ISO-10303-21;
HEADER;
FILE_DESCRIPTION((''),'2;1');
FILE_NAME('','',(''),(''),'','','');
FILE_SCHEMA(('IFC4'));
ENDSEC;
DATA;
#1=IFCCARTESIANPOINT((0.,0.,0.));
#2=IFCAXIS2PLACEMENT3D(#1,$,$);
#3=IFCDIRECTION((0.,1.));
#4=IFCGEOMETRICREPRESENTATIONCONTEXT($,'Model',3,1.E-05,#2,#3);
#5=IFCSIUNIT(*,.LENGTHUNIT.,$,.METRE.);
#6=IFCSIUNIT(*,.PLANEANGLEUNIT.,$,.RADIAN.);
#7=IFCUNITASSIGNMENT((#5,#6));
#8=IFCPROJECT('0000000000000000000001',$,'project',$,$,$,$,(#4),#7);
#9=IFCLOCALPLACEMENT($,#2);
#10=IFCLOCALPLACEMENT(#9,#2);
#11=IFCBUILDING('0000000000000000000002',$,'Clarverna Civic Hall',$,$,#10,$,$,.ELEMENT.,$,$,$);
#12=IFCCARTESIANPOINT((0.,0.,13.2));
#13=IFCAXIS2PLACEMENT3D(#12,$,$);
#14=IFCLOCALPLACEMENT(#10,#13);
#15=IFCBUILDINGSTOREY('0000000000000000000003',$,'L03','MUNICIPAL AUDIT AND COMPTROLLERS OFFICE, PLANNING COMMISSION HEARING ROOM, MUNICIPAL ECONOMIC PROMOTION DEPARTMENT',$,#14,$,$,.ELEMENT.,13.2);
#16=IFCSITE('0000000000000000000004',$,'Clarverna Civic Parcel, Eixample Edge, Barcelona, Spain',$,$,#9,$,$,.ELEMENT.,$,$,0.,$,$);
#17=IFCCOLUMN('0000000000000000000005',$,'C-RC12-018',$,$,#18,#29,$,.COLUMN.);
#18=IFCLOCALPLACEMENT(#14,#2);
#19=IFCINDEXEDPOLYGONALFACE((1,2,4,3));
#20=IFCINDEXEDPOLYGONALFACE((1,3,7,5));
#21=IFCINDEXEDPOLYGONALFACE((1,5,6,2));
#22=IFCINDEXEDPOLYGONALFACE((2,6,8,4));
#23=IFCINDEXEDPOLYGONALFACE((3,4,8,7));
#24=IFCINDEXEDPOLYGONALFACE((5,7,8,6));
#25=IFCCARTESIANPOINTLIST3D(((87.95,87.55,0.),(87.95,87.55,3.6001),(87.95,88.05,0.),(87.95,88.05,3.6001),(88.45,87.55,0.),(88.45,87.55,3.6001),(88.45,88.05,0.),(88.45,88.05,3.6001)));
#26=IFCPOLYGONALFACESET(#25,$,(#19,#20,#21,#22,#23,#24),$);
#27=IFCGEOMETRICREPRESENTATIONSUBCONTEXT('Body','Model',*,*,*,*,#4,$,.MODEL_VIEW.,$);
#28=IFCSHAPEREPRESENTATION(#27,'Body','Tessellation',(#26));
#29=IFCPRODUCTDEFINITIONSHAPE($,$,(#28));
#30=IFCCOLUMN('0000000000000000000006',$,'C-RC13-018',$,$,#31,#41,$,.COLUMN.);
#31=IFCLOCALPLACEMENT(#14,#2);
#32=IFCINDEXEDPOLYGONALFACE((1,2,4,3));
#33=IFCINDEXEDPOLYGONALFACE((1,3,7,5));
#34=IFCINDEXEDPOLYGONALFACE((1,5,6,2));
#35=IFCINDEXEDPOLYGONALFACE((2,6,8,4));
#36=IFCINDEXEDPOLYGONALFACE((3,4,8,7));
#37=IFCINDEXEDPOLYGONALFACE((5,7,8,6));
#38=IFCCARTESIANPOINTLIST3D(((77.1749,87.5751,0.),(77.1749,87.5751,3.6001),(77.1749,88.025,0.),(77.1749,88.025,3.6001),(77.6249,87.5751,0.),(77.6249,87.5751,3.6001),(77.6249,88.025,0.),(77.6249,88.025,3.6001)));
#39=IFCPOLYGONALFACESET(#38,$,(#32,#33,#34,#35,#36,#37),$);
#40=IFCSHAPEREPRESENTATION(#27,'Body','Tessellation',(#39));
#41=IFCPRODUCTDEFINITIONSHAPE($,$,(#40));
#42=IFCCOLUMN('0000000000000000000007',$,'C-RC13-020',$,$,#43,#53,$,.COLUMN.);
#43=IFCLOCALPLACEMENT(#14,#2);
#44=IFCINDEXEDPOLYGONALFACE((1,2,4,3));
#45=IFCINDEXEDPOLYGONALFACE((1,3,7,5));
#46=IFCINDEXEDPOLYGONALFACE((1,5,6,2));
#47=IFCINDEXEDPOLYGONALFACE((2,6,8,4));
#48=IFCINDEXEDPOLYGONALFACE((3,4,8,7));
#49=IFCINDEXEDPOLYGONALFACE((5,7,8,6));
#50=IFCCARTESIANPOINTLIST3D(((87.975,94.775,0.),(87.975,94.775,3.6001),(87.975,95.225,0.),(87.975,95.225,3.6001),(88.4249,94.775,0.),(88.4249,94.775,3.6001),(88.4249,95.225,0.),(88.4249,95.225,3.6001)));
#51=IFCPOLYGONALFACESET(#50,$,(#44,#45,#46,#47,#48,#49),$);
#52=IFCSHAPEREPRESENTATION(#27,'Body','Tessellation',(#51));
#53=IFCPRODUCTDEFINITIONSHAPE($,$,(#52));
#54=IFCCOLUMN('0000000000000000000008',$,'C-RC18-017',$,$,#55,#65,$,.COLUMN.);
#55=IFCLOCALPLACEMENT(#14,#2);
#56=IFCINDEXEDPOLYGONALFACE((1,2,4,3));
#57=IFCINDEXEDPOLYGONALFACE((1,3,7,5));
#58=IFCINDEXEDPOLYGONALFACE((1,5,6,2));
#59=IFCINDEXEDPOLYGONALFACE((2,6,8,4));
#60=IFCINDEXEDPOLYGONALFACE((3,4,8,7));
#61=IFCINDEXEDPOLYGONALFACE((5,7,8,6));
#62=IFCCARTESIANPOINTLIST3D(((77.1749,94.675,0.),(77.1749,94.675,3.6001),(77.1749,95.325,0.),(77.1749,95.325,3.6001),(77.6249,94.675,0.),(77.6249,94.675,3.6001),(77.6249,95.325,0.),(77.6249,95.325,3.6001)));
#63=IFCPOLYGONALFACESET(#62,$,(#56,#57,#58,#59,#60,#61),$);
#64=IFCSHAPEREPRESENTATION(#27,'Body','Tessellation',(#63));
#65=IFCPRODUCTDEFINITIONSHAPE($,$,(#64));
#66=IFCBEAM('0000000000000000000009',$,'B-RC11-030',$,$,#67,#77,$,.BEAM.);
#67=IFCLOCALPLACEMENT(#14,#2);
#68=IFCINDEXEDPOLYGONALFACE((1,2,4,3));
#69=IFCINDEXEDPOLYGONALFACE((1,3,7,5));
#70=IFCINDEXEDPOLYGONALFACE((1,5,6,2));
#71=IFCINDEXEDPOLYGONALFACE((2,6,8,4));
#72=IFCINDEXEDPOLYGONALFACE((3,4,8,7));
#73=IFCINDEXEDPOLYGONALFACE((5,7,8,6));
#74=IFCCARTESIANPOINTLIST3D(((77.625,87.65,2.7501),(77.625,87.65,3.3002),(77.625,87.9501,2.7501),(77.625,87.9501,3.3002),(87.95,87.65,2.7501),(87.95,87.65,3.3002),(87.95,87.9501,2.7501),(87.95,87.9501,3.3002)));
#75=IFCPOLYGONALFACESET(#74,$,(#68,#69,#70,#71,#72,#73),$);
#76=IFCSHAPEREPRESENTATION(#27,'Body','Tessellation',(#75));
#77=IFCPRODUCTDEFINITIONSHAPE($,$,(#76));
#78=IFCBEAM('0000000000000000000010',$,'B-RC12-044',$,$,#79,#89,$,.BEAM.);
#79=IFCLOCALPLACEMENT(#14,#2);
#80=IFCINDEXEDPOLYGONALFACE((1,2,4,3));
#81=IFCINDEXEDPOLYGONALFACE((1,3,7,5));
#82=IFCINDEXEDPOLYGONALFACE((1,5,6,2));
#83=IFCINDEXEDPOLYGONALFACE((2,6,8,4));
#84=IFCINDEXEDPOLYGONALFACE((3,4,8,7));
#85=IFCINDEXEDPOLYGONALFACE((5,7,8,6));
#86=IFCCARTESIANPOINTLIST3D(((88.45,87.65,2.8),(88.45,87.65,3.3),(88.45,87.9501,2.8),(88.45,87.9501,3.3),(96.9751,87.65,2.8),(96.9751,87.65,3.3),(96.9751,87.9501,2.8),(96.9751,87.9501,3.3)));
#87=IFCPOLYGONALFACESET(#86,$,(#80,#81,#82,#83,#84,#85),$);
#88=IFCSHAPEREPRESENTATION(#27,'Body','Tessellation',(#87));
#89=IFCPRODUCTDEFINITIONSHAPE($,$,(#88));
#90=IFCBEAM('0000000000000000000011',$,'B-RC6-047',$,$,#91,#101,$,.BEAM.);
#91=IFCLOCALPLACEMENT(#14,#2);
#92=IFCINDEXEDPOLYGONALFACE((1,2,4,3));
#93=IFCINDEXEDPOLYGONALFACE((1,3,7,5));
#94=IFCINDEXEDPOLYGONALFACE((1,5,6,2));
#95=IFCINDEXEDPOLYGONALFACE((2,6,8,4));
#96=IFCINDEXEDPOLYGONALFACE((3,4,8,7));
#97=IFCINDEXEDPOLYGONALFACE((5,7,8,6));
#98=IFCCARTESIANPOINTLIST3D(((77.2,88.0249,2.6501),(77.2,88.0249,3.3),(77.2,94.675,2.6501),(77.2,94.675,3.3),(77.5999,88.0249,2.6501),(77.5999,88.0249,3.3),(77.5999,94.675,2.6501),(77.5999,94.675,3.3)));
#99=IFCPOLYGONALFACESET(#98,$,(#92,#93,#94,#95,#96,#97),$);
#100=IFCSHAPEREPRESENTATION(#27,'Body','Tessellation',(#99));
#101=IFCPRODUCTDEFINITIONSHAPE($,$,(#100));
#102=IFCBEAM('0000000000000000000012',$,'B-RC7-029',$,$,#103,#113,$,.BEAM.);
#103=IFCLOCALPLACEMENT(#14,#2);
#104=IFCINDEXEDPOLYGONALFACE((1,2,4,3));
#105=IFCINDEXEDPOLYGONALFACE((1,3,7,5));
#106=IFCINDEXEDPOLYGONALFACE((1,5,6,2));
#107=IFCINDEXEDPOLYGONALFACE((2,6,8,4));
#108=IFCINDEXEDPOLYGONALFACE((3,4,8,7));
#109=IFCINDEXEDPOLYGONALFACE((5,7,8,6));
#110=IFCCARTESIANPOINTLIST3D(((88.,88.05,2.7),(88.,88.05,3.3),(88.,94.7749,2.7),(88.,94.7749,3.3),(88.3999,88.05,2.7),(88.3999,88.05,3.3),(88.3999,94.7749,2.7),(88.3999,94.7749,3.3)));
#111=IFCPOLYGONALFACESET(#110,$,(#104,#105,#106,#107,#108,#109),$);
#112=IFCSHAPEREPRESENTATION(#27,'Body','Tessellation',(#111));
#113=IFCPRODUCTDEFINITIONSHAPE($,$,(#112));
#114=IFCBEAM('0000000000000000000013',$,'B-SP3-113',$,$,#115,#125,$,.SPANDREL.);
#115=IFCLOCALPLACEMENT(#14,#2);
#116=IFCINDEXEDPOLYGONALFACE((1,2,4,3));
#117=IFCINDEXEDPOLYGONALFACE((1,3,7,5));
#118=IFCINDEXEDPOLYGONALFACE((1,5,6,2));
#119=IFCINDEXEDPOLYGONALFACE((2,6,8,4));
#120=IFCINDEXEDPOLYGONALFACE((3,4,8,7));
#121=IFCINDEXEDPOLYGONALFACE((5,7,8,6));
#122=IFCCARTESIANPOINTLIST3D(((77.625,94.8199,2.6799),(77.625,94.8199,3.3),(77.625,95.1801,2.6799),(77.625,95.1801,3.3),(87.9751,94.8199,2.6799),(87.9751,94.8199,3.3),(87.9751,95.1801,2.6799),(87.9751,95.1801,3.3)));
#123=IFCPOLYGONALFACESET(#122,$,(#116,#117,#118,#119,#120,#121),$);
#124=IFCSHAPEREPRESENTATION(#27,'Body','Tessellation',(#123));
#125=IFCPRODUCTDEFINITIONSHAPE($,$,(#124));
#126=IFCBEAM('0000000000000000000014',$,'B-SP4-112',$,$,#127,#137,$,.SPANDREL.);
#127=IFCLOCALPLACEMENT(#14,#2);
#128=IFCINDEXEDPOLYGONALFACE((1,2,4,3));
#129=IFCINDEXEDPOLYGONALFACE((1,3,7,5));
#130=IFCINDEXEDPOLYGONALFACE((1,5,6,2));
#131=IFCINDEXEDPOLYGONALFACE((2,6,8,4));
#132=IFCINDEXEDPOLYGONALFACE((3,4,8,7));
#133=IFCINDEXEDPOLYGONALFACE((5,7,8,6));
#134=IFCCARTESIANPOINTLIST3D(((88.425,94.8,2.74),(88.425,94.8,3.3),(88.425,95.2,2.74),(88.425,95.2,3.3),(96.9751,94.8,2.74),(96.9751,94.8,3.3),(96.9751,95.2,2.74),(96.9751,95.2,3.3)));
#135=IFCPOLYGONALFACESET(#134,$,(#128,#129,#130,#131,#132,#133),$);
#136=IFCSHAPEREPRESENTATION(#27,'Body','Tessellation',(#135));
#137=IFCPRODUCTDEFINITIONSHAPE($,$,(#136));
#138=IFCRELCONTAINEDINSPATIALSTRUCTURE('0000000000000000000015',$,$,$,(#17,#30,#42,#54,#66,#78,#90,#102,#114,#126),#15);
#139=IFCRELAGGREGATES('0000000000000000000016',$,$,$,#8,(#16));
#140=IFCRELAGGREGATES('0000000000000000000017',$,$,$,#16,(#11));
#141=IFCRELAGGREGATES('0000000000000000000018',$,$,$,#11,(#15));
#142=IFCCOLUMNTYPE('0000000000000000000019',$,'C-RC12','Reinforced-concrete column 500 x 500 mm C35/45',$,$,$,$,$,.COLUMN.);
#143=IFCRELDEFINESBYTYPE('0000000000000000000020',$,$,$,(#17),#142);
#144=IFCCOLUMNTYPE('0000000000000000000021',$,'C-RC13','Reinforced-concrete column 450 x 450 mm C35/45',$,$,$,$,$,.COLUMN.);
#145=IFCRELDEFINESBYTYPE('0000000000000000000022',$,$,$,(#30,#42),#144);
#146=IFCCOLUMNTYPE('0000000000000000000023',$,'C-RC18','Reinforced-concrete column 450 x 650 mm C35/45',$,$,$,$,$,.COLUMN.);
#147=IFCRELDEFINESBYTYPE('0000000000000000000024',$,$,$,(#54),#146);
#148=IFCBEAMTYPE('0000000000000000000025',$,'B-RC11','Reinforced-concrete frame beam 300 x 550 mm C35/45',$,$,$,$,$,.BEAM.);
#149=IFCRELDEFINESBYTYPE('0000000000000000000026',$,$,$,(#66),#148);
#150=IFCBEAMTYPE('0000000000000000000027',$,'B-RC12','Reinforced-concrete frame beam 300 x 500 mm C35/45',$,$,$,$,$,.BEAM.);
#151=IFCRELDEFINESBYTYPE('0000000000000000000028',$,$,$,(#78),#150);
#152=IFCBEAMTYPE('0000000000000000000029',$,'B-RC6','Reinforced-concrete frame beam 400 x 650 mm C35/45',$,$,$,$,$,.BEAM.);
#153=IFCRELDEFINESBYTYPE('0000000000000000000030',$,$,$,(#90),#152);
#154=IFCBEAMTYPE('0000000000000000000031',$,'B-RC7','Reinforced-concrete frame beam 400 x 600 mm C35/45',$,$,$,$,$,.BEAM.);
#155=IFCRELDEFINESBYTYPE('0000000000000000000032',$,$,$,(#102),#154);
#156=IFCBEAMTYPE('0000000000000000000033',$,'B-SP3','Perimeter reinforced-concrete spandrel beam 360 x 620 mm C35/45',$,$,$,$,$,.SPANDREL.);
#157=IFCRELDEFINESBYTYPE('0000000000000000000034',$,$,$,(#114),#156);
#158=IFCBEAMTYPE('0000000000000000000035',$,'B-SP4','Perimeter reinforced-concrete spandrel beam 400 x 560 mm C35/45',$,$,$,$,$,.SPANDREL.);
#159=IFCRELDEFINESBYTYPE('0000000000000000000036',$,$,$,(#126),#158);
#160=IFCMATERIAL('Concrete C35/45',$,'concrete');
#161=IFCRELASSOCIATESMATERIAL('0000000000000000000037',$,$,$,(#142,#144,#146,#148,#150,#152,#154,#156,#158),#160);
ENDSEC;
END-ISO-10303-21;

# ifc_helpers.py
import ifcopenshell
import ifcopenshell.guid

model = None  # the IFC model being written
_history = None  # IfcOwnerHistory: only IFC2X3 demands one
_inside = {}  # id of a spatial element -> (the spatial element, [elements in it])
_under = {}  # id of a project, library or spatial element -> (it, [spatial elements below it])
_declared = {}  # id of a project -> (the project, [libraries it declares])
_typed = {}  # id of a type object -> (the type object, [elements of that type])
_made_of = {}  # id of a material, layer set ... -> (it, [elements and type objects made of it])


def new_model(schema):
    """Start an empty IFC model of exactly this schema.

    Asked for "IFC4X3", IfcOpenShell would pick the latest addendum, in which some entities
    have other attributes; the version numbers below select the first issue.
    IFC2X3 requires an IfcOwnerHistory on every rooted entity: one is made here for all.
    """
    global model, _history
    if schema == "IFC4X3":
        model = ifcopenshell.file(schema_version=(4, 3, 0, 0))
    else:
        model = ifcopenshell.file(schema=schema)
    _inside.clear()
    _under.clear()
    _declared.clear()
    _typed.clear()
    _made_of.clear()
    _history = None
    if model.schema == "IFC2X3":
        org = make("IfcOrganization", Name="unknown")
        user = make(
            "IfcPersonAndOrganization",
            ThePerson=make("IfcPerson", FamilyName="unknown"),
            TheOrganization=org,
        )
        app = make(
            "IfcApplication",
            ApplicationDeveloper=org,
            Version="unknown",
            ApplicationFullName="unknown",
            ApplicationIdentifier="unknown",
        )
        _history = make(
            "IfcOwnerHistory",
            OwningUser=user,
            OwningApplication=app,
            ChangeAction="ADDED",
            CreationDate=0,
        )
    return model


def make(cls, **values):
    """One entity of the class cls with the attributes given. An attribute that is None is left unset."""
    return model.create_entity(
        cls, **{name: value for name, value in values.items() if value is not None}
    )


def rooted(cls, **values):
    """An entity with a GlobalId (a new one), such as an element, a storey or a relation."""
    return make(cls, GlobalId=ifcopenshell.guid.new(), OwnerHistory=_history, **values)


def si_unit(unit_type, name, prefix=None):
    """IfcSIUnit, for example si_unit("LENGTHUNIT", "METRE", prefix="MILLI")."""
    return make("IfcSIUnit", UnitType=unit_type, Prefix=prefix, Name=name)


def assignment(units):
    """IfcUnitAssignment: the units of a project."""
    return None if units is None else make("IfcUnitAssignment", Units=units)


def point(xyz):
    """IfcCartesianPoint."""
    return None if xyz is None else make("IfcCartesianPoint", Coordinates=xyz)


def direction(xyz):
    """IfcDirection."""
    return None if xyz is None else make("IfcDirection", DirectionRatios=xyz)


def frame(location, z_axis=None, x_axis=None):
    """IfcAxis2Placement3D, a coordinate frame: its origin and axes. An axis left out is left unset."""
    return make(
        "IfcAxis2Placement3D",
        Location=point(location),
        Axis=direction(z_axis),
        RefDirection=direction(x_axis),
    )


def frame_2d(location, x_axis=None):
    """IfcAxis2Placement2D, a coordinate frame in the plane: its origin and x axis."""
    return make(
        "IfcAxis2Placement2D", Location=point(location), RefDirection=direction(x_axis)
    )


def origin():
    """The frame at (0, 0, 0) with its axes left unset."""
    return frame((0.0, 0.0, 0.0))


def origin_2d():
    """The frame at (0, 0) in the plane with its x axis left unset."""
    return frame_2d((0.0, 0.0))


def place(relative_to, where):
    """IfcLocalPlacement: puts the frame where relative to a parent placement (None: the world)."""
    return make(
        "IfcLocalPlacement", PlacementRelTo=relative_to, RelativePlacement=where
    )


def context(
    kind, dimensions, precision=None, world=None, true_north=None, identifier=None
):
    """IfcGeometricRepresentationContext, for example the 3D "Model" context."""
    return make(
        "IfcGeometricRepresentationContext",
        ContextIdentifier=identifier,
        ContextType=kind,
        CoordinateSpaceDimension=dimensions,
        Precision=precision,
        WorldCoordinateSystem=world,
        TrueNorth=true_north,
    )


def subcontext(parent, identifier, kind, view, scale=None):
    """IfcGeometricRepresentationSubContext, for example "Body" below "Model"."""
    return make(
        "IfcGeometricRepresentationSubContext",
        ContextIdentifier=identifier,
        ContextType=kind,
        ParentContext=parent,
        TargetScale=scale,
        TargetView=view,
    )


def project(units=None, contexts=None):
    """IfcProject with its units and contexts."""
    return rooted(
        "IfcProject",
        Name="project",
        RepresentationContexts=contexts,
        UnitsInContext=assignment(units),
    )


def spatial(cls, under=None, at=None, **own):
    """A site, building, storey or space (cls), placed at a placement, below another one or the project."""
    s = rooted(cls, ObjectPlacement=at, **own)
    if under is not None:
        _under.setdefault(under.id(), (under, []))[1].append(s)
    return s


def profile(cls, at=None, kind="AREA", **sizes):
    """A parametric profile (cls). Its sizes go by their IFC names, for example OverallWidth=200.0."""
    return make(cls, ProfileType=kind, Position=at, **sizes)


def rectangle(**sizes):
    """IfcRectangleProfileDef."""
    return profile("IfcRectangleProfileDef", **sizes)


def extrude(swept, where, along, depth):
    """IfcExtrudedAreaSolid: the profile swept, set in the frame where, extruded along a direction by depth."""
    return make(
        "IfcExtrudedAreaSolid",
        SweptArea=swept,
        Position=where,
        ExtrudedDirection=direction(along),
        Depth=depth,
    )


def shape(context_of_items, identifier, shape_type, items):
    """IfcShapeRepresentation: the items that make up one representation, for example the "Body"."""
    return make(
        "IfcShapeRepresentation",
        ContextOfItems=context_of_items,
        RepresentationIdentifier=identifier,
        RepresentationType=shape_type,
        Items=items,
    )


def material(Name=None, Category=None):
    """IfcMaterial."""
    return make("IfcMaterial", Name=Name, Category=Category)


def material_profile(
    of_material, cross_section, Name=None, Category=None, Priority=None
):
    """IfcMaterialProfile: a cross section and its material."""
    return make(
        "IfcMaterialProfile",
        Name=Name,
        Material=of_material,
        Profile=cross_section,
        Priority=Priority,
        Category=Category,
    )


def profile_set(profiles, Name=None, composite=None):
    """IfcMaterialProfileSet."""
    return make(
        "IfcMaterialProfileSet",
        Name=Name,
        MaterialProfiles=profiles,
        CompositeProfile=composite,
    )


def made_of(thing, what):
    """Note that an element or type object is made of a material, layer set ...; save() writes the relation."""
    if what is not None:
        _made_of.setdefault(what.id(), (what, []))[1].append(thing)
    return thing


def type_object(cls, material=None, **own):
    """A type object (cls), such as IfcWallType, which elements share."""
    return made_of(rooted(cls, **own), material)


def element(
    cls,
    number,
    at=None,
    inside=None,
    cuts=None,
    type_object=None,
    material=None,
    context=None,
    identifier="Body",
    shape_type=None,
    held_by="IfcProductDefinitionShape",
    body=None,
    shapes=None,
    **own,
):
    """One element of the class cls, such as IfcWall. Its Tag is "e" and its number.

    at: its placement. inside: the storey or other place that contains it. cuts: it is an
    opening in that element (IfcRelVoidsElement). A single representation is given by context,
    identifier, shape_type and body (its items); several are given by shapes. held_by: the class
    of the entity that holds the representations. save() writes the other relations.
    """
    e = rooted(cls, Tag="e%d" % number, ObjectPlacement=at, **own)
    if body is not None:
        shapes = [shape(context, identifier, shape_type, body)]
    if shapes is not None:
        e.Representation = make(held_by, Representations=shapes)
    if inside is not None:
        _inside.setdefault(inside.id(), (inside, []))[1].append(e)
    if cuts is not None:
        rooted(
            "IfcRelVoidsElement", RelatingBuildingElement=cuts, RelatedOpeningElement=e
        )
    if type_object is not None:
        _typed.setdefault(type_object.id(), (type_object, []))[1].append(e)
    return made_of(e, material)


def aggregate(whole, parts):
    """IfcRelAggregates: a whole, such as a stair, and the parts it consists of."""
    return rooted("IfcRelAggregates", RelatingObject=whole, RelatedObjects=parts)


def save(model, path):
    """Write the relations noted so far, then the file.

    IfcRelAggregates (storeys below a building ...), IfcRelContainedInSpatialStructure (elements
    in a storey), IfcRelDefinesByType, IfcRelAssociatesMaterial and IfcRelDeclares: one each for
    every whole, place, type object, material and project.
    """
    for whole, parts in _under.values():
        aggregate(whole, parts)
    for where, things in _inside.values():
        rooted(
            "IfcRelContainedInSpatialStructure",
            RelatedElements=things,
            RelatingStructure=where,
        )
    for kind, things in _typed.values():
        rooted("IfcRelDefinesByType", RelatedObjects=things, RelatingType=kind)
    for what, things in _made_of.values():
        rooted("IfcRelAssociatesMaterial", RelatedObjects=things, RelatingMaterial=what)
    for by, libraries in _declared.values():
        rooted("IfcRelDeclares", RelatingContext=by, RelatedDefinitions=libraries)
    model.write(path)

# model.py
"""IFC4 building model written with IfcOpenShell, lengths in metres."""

from ifc_helpers import new_model, si_unit, direction, frame, origin, origin_2d, place, context, subcontext, project, spatial, rectangle, extrude, material, material_profile, profile_set, type_object, element, save


model = new_model("IFC4")

# Units and contexts
model_context = context("Model", 3, precision=1e-05, world=origin(), true_north=direction((0.0, 1.0)))
body_context = subcontext(model_context, "Body", "Model", "MODEL_VIEW")
ifc_project = project(units=[si_unit("LENGTHUNIT", "METRE"), si_unit("PLANEANGLEUNIT", "RADIAN")], contexts=[model_context])

# Site, building, storey
site_placement = place(None, origin())
site = spatial("IfcSite", under=ifc_project, at=site_placement, Name="Clarverna Civic Parcel, Eixample Edge, Barcelona, Spain", CompositionType="ELEMENT", RefElevation=0.0)
building_placement = place(site_placement, origin())
building = spatial("IfcBuilding", under=site, at=building_placement, Name="Clarverna Civic Hall", CompositionType="ELEMENT")
storey_placement = place(building_placement, frame((0.0, 0.0, 13.2)))
storey = spatial("IfcBuildingStorey", under=building, at=storey_placement, Name="L03", Description="MUNICIPAL AUDIT AND COMPTROLLERS OFFICE, PLANNING COMMISSION HEARING ROOM, MUNICIPAL ECONOMIC PROMOTION DEPARTMENT", CompositionType="ELEMENT", Elevation=13.2)

# Columns
ifc_material_1 = material(Name="Concrete C35/45", Category="concrete")
ifc_material_profile_1 = material_profile(ifc_material_1, rectangle(XDim=0.5, YDim=0.5, at=origin_2d()), Name="RC 500x500")
ifc_profile_set_1 = profile_set([ifc_material_profile_1], Name="Concrete C35/45")
column_type_1 = type_object("IfcColumnType", Name="C-RC12", Description="Reinforced-concrete column 500 x 500 mm C35/45", PredefinedType="COLUMN", material=ifc_profile_set_1)
column_1_placement = place(storey_placement, frame((88.2, 87.8, 0.0), z_axis=(0.0, 0.0, 1.0), x_axis=(1.0, 0.0, 0.0)))
element("IfcColumn", 1, at=column_1_placement, inside=storey, type_object=column_type_1, Name="C-RC12-018", PredefinedType="COLUMN", context=body_context, shape_type="SweptSolid", body=[
    extrude(rectangle(XDim=0.5, YDim=0.5, at=origin_2d()), origin(), (0.0, 0.0, 1.0), 3.6001),
])
ifc_material_profile_2 = material_profile(ifc_material_1, rectangle(XDim=0.45, YDim=0.45, at=origin_2d()), Name="RC 450x450")
ifc_profile_set_2 = profile_set([ifc_material_profile_2], Name="Concrete C35/45")
column_type_2 = type_object("IfcColumnType", Name="C-RC13", Description="Reinforced-concrete column 450 x 450 mm C35/45", PredefinedType="COLUMN", material=ifc_profile_set_2)
for number, where, z_axis, x_axis, name in (
    (2, (77.3999, 87.8, 0.0), (0.0, 0.0, 1.0), (1.0, 0.0, 0.0), "C-RC13-018"),
    (3, (88.2, 95.0, 0.0), (0.0, 0.0, 1.0), (1.0, 0.0, 0.0), "C-RC13-020"),
):
    element("IfcColumn", number, at=place(storey_placement, frame(where, z_axis=z_axis, x_axis=x_axis)), inside=storey, type_object=column_type_2, Name=name, PredefinedType="COLUMN", context=body_context, shape_type="SweptSolid", body=[
        extrude(rectangle(XDim=0.45, YDim=0.45, at=origin_2d()), origin(), (0.0, 0.0, 1.0), 3.6001),
    ])
ifc_material_profile_3 = material_profile(ifc_material_1, rectangle(XDim=0.45, YDim=0.6499, at=origin_2d()), Name="RC 450x650")
ifc_profile_set_3 = profile_set([ifc_material_profile_3], Name="Concrete C35/45")
column_type_3 = type_object("IfcColumnType", Name="C-RC18", Description="Reinforced-concrete column 450 x 650 mm C35/45", PredefinedType="COLUMN", material=ifc_profile_set_3)
column_2_placement = place(storey_placement, frame((77.3999, 95.0, 0.0), z_axis=(0.0, 0.0, 1.0), x_axis=(1.0, 0.0, 0.0)))
element("IfcColumn", 4, at=column_2_placement, inside=storey, type_object=column_type_3, Name="C-RC18-017", PredefinedType="COLUMN", context=body_context, shape_type="SweptSolid", body=[
    extrude(rectangle(XDim=0.45, YDim=0.6499, at=origin_2d()), origin(), (0.0, 0.0, 1.0), 3.6001),
])

# Beams
ifc_material_profile_4 = material_profile(ifc_material_1, rectangle(XDim=0.3, YDim=0.55, at=origin_2d()), Name="RC 300x550")
ifc_profile_set_4 = profile_set([ifc_material_profile_4], Name="Concrete C35/45")
beam_type_1 = type_object("IfcBeamType", Name="B-RC11", Description="Reinforced-concrete frame beam 300 x 550 mm C35/45", PredefinedType="BEAM", material=ifc_profile_set_4)
beam_1_placement = place(storey_placement, frame((77.625, 87.8, 3.0251), z_axis=(1.0, 0.0, 0.0), x_axis=(0.0, 1.0, 0.0)))
element("IfcBeam", 5, at=beam_1_placement, inside=storey, type_object=beam_type_1, Name="B-RC11-030", PredefinedType="BEAM", context=body_context, shape_type="SweptSolid", body=[
    extrude(rectangle(XDim=0.3, YDim=0.55, at=origin_2d()), origin(), (0.0, 0.0, 1.0), 10.325),
])
ifc_material_profile_5 = material_profile(ifc_material_1, rectangle(XDim=0.3, YDim=0.5, at=origin_2d()), Name="RC 300x500")
ifc_profile_set_5 = profile_set([ifc_material_profile_5], Name="Concrete C35/45")
beam_type_2 = type_object("IfcBeamType", Name="B-RC12", Description="Reinforced-concrete frame beam 300 x 500 mm C35/45", PredefinedType="BEAM", material=ifc_profile_set_5)
beam_2_placement = place(storey_placement, frame((88.45, 87.8, 3.05), z_axis=(1.0, 0.0, 0.0), x_axis=(0.0, 1.0, 0.0)))
element("IfcBeam", 6, at=beam_2_placement, inside=storey, type_object=beam_type_2, Name="B-RC12-044", PredefinedType="BEAM", context=body_context, shape_type="SweptSolid", body=[
    extrude(rectangle(XDim=0.3, YDim=0.5, at=origin_2d()), origin(), (0.0, 0.0, 1.0), 8.5251),
])
ifc_material_profile_6 = material_profile(ifc_material_1, rectangle(XDim=0.3999, YDim=0.6499, at=origin_2d()), Name="RC 400x650")
ifc_profile_set_6 = profile_set([ifc_material_profile_6], Name="Concrete C35/45")
beam_type_3 = type_object("IfcBeamType", Name="B-RC6", Description="Reinforced-concrete frame beam 400 x 650 mm C35/45", PredefinedType="BEAM", material=ifc_profile_set_6)
beam_3_placement = place(storey_placement, frame((77.3999, 88.0249, 2.9751), z_axis=(0.0, 1.0, 0.0), x_axis=(-1.0, 0.0, 0.0)))
element("IfcBeam", 7, at=beam_3_placement, inside=storey, type_object=beam_type_3, Name="B-RC6-047", PredefinedType="BEAM", context=body_context, shape_type="SweptSolid", body=[
    extrude(rectangle(XDim=0.3999, YDim=0.6499, at=origin_2d()), origin(), (0.0, 0.0, 1.0), 6.6501),
])
ifc_material_profile_7 = material_profile(ifc_material_1, rectangle(XDim=0.3999, YDim=0.6001, at=origin_2d()), Name="RC 400x600")
ifc_profile_set_7 = profile_set([ifc_material_profile_7], Name="Concrete C35/45")
beam_type_4 = type_object("IfcBeamType", Name="B-RC7", Description="Reinforced-concrete frame beam 400 x 600 mm C35/45", PredefinedType="BEAM", material=ifc_profile_set_7)
beam_4_placement = place(storey_placement, frame((88.2, 88.05, 3.0), z_axis=(0.0, 1.0, 0.0), x_axis=(-1.0, 0.0, 0.0)))
element("IfcBeam", 8, at=beam_4_placement, inside=storey, type_object=beam_type_4, Name="B-RC7-029", PredefinedType="BEAM", context=body_context, shape_type="SweptSolid", body=[
    extrude(rectangle(XDim=0.3999, YDim=0.6001, at=origin_2d()), origin(), (0.0, 0.0, 1.0), 6.7249),
])
ifc_material_profile_8 = material_profile(ifc_material_1, rectangle(XDim=0.3601, YDim=0.6201, at=origin_2d()), Name="RC 360x620")
ifc_profile_set_8 = profile_set([ifc_material_profile_8], Name="Concrete C35/45")
beam_type_5 = type_object("IfcBeamType", Name="B-SP3", Description="Perimeter reinforced-concrete spandrel beam 360 x 620 mm C35/45", PredefinedType="SPANDREL", material=ifc_profile_set_8)
beam_5_placement = place(storey_placement, frame((77.625, 95.0, 2.99), z_axis=(1.0, 0.0, 0.0), x_axis=(0.0, 1.0, 0.0)))
element("IfcBeam", 9, at=beam_5_placement, inside=storey, type_object=beam_type_5, Name="B-SP3-113", PredefinedType="SPANDREL", context=body_context, shape_type="SweptSolid", body=[
    extrude(rectangle(XDim=0.3601, YDim=0.6201, at=origin_2d()), origin(), (0.0, 0.0, 1.0), 10.3501),
])
ifc_material_profile_9 = material_profile(ifc_material_1, rectangle(XDim=0.3999, YDim=0.5601, at=origin_2d()), Name="RC 400x560")
ifc_profile_set_9 = profile_set([ifc_material_profile_9], Name="Concrete C35/45")
beam_type_6 = type_object("IfcBeamType", Name="B-SP4", Description="Perimeter reinforced-concrete spandrel beam 400 x 560 mm C35/45", PredefinedType="SPANDREL", material=ifc_profile_set_9)
beam_6_placement = place(storey_placement, frame((88.425, 95.0, 3.02), z_axis=(1.0, 0.0, 0.0), x_axis=(0.0, 1.0, 0.0)))
element("IfcBeam", 10, at=beam_6_placement, inside=storey, type_object=beam_type_6, Name="B-SP4-112", PredefinedType="SPANDREL", context=body_context, shape_type="SweptSolid", body=[
    extrude(rectangle(XDim=0.3999, YDim=0.5601, at=origin_2d()), origin(), (0.0, 0.0, 1.0), 8.55),
])

save(model, "model.ifc")
